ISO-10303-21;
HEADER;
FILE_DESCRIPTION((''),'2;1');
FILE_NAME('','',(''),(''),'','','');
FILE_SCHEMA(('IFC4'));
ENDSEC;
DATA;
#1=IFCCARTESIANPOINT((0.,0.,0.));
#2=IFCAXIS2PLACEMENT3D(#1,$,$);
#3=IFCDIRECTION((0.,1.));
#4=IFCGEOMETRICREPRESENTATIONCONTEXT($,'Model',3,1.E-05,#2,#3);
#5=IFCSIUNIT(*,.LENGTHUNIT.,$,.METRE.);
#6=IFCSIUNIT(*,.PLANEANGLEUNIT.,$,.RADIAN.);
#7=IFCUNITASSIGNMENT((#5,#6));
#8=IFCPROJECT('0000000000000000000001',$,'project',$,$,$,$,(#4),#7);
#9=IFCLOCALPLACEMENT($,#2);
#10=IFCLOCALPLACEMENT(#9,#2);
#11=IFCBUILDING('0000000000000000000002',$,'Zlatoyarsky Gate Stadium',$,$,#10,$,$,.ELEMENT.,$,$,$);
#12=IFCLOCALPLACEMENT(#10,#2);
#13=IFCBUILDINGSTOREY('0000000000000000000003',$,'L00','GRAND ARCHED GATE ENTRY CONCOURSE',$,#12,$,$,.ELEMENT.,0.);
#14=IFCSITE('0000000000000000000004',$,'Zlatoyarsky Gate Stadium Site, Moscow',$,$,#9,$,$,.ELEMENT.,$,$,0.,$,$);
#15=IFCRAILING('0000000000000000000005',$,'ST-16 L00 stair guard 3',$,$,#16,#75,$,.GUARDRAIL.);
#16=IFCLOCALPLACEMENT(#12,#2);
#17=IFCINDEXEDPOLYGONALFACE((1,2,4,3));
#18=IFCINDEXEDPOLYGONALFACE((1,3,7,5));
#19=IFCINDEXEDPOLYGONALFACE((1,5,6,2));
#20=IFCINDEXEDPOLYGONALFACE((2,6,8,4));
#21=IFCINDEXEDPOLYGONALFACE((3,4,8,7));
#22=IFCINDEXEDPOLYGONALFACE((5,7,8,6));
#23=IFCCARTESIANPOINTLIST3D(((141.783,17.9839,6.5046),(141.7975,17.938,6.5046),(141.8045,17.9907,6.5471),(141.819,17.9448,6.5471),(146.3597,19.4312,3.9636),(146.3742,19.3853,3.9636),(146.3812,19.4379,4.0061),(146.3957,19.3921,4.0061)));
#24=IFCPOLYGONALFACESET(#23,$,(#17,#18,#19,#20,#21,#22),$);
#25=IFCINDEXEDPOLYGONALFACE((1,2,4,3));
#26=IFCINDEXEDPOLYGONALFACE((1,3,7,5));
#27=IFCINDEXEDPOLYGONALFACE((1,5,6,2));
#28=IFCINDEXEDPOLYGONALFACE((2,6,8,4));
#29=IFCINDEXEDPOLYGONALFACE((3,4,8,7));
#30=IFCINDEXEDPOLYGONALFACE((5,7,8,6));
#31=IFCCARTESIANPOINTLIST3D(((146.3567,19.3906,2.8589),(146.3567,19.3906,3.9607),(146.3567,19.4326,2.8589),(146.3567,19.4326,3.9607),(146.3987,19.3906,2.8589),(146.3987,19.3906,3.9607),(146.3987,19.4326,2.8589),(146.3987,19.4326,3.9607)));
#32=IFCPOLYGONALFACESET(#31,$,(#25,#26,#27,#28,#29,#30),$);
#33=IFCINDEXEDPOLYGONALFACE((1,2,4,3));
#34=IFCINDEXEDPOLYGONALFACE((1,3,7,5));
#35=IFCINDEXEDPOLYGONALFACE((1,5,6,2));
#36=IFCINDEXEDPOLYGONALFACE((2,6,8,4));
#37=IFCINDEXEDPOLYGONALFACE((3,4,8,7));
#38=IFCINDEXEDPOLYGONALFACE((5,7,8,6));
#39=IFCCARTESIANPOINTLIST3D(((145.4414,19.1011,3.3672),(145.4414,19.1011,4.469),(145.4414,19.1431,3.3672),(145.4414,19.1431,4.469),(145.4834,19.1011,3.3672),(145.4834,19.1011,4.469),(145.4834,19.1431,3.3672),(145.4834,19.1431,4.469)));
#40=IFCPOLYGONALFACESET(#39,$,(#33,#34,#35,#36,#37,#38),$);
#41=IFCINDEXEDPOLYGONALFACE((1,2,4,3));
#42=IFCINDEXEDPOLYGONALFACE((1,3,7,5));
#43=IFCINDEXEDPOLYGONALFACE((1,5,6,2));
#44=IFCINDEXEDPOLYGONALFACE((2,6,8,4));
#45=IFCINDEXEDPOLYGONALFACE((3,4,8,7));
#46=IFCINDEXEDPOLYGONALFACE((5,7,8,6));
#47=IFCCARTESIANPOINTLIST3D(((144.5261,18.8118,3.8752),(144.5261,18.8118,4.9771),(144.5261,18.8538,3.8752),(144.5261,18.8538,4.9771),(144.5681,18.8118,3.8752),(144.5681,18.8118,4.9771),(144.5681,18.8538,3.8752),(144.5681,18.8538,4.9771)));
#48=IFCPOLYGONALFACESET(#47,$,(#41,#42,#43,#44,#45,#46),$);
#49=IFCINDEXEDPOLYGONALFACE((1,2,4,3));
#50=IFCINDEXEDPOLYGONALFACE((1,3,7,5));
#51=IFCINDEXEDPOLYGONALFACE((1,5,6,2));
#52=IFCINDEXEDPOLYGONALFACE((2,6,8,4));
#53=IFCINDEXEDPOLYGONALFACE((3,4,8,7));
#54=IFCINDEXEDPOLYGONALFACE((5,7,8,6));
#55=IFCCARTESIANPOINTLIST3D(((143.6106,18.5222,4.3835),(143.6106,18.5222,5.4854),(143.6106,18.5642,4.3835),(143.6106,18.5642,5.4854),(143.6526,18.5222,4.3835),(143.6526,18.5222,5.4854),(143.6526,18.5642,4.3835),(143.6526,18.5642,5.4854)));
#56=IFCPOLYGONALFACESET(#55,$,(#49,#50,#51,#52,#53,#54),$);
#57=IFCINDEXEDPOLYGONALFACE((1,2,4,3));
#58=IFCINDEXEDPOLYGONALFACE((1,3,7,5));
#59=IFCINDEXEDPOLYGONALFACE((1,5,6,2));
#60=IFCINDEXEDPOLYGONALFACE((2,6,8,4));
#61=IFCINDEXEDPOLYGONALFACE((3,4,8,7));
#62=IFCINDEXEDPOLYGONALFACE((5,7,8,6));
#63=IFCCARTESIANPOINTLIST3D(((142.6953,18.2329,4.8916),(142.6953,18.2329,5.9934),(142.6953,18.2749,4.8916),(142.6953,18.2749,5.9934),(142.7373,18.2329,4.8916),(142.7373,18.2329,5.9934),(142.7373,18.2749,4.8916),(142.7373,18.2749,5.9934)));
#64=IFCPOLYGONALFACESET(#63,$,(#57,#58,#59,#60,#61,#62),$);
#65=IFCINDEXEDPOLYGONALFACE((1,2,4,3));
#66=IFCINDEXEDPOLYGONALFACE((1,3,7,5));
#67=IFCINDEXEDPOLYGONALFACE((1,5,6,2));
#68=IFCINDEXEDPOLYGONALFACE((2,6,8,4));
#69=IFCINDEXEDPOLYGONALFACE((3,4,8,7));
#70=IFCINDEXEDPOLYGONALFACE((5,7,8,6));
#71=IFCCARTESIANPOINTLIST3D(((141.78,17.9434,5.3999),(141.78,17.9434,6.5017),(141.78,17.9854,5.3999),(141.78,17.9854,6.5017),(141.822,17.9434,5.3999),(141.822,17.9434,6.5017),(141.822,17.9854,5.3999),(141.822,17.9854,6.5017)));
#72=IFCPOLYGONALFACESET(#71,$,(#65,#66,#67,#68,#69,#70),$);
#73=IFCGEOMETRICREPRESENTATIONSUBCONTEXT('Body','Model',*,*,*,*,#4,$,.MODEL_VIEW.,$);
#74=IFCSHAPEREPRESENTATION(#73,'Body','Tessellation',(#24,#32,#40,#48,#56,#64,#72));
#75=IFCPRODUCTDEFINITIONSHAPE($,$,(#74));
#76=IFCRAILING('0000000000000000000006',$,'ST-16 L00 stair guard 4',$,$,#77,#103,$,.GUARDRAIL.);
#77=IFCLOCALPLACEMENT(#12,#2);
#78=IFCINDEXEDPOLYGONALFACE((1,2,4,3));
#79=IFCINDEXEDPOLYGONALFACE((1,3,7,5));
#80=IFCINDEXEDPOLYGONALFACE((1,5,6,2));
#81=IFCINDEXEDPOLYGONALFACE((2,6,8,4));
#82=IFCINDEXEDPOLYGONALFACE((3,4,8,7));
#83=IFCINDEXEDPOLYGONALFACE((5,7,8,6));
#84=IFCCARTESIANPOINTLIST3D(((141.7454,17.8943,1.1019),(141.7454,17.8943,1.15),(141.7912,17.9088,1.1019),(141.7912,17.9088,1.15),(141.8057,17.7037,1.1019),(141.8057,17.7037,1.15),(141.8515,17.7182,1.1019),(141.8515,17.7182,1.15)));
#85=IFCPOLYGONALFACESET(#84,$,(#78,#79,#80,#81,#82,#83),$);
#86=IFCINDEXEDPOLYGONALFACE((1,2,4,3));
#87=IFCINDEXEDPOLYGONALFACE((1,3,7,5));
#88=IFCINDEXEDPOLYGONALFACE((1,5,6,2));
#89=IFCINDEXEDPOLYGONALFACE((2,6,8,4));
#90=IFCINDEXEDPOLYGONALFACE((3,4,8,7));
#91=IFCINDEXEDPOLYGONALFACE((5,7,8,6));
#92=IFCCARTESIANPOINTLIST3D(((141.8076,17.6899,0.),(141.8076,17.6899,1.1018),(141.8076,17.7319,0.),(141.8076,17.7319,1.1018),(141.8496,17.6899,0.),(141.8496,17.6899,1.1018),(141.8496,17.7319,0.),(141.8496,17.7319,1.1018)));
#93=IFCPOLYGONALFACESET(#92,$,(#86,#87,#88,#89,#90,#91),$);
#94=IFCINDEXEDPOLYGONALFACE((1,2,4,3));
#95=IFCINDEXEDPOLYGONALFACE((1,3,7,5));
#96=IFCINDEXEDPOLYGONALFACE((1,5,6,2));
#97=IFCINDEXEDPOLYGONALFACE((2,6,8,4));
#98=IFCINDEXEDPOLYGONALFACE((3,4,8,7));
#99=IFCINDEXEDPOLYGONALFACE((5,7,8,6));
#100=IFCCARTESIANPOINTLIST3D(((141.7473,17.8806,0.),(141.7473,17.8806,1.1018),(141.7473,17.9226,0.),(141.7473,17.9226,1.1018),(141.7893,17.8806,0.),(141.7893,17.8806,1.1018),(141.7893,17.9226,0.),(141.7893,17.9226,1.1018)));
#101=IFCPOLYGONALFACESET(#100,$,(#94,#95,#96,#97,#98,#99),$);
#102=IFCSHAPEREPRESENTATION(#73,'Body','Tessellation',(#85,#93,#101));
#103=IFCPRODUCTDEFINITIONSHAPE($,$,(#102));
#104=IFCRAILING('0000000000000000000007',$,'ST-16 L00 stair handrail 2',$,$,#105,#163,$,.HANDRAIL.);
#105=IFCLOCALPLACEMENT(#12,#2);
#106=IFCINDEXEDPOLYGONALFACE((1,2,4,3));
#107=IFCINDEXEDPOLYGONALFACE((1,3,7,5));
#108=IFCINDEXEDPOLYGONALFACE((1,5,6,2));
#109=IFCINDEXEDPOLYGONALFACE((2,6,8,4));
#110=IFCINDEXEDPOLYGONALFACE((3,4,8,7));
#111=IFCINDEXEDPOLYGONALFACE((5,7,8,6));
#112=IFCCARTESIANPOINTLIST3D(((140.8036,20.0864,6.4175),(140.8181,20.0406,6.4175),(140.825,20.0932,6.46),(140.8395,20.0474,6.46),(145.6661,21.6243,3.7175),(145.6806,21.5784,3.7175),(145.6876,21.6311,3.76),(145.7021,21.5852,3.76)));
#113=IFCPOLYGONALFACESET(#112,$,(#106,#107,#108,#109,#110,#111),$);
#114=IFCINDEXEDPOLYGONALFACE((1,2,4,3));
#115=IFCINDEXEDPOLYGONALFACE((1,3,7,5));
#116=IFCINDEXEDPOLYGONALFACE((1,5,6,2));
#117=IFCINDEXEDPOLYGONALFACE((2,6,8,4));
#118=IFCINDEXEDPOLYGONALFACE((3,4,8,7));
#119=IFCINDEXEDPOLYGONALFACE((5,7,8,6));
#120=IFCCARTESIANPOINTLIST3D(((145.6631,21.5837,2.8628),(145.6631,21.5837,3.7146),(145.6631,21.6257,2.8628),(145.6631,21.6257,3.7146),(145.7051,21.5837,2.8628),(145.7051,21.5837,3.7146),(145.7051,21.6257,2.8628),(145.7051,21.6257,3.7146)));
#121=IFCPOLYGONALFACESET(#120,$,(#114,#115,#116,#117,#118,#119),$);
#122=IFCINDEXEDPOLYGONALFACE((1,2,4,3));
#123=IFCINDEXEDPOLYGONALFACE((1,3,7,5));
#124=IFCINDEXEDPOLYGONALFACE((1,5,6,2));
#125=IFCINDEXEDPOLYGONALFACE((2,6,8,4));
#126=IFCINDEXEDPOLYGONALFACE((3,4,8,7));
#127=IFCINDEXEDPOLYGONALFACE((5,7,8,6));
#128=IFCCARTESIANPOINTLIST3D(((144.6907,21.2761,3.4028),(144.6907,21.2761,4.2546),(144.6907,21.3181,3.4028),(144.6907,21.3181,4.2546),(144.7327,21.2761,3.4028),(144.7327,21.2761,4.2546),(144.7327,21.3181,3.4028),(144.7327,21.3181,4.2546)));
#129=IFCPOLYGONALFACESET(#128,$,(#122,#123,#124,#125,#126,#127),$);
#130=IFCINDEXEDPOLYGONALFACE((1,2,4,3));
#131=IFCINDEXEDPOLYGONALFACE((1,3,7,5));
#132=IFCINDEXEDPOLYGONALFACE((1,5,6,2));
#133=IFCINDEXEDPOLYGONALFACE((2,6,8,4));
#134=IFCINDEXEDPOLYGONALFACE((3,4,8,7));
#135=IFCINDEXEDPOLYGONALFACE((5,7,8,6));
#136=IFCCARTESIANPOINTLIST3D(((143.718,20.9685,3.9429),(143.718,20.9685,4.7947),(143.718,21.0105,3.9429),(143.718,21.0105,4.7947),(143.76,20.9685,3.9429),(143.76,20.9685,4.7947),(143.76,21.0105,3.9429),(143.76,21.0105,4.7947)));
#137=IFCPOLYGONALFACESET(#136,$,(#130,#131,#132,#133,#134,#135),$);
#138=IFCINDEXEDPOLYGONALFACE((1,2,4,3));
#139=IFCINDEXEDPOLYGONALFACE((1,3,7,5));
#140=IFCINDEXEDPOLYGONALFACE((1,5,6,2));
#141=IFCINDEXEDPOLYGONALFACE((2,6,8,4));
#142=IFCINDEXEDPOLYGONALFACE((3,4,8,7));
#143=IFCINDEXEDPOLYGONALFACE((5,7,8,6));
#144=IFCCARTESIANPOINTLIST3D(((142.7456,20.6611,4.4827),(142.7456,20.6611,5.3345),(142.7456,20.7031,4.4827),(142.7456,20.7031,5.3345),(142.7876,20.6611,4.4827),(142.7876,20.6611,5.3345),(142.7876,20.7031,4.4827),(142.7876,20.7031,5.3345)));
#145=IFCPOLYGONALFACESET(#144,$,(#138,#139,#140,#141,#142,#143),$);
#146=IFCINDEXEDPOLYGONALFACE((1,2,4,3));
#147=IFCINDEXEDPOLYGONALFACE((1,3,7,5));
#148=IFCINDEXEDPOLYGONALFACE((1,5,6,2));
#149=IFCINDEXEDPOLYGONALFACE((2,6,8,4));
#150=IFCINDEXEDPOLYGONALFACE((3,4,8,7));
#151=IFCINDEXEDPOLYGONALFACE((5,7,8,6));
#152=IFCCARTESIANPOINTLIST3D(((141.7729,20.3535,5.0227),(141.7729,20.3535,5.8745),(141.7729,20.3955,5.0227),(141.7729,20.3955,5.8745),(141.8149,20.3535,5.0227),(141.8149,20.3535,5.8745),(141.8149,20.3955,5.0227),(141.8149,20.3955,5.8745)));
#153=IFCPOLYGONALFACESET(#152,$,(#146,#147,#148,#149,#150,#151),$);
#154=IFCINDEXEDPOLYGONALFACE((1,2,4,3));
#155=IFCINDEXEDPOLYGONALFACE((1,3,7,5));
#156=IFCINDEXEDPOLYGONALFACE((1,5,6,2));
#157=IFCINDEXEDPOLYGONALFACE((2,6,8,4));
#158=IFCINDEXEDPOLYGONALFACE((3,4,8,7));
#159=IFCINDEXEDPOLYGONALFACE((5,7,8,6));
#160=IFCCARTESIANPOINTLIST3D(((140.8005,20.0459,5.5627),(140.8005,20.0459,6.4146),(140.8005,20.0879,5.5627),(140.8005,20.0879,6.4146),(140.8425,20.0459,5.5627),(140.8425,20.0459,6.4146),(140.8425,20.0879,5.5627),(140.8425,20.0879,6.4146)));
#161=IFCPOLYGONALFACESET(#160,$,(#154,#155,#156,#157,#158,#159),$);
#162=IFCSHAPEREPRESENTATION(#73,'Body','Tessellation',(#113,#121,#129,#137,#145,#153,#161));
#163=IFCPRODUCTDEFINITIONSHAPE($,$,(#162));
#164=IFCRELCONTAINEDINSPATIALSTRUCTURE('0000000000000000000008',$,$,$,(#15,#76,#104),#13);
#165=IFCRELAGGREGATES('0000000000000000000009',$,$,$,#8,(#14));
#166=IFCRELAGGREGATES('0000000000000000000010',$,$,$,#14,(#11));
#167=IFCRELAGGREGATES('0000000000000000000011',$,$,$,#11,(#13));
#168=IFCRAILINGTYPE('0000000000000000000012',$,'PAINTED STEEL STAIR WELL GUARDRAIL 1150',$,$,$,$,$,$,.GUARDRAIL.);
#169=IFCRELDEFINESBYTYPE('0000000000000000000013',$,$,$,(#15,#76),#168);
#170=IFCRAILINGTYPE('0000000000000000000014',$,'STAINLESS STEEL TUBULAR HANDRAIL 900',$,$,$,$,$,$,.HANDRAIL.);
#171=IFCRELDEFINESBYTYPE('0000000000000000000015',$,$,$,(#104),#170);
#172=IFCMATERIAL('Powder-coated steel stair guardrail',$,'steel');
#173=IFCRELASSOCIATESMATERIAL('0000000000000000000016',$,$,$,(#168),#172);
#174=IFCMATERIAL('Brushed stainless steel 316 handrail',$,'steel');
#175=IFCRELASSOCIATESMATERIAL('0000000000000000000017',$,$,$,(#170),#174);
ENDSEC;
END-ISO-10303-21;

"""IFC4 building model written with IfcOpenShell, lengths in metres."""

from ifc_helpers import new_model, si_unit, direction, frame, origin, origin_2d, place, context, subcontext, project, spatial, rectangle, extrude, material, type_object, element, save


model = new_model("IFC4")

# Units and contexts
model_context = context("Model", 3, precision=1e-05, world=origin(), true_north=direction((0.0, 1.0)))
body_context = subcontext(model_context, "Body", "Model", "MODEL_VIEW")
ifc_project = project(units=[si_unit("LENGTHUNIT", "METRE"), si_unit("PLANEANGLEUNIT", "RADIAN")], contexts=[model_context])

# Site, building, storey
site_placement = place(None, origin())
site = spatial("IfcSite", under=ifc_project, at=site_placement, Name="Zlatoyarsky Gate Stadium Site, Moscow", CompositionType="ELEMENT", RefElevation=0.0)
building_placement = place(site_placement, origin())
building = spatial("IfcBuilding", under=site, at=building_placement, Name="Zlatoyarsky Gate Stadium", CompositionType="ELEMENT")
storey_placement = place(building_placement, origin())
storey = spatial("IfcBuildingStorey", under=building, at=storey_placement, Name="L00", Description="GRAND ARCHED GATE ENTRY CONCOURSE", CompositionType="ELEMENT", Elevation=0.0)

# Railings
ifc_material_1 = material(Name="Powder-coated steel stair guardrail", Category="steel")
railing_type_1 = type_object("IfcRailingType", Name="PAINTED STEEL STAIR WELL GUARDRAIL 1150", PredefinedType="GUARDRAIL", material=ifc_material_1)
railing_1_placement = place(storey_placement, frame((146.3777, 19.4116, 2.8589)))
element("IfcRailing", 1, at=railing_1_placement, inside=storey, type_object=railing_type_1, Name="ST-16 L00 stair guard 3", PredefinedType="GUARDRAIL", context=body_context, shape_type="SweptSolid", body=[
    extrude(rectangle(XDim=0.0481, YDim=0.0481, at=origin_2d()), frame((0.0, 0.0, 1.126), z_axis=(-0.842672, -0.266476, 0.467861), x_axis=(0.301511, -0.953463, 0.0)), (0.0, 0.0, 1.0), 5.4312),
    extrude(rectangle(XDim=0.042, YDim=0.042, at=origin_2d()), origin(), (0.0, 0.0, 1.0), 1.1018),
    extrude(rectangle(XDim=0.042, YDim=0.042, at=origin_2d()), frame((-0.9153, -0.2896, 0.5083)), (0.0, 0.0, 1.0), 1.1018),
    extrude(rectangle(XDim=0.042, YDim=0.042, at=origin_2d()), frame((-1.8306, -0.5789, 1.0164)), (0.0, 0.0, 1.0), 1.1018),
    extrude(rectangle(XDim=0.042, YDim=0.042, at=origin_2d()), frame((-2.7461, -0.8684, 1.5247)), (0.0, 0.0, 1.0), 1.1018),
    extrude(rectangle(XDim=0.042, YDim=0.042, at=origin_2d()), frame((-3.6614, -1.1577, 2.0327)), (0.0, 0.0, 1.0), 1.1018),
    extrude(rectangle(XDim=0.042, YDim=0.042, at=origin_2d()), frame((-4.5767, -1.4473, 2.541)), (0.0, 0.0, 1.0), 1.1018),
])
railing_2_placement = place(storey_placement, frame((141.8286, 17.7109, 0.0)))
element("IfcRailing", 2, at=railing_2_placement, inside=storey, type_object=railing_type_1, Name="ST-16 L00 stair guard 4", PredefinedType="GUARDRAIL", context=body_context, shape_type="SweptSolid", body=[
    extrude(rectangle(XDim=0.0481, YDim=0.0481, at=origin_2d()), frame((0.0, 0.0, 1.126), z_axis=(-0.30154, 0.953453, 0.0), x_axis=(-0.953453, -0.30154, 0.0)), (0.0, 0.0, 1.0), 0.2),
    extrude(rectangle(XDim=0.042, YDim=0.042, at=origin_2d()), origin(), (0.0, 0.0, 1.0), 1.1018),
    extrude(rectangle(XDim=0.042, YDim=0.042, at=origin_2d()), frame((-0.0603, 0.1907, 0.0)), (0.0, 0.0, 1.0), 1.1018),
])
ifc_material_2 = material(Name="Brushed stainless steel 316 handrail", Category="steel")
railing_type_2 = type_object("IfcRailingType", Name="STAINLESS STEEL TUBULAR HANDRAIL 900", PredefinedType="HANDRAIL", material=ifc_material_2)
railing_3_placement = place(storey_placement, frame((145.6841, 21.6047, 2.8628)))
element("IfcRailing", 3, at=railing_3_placement, inside=storey, type_object=railing_type_2, Name="ST-16 L00 stair handrail 2", PredefinedType="HANDRAIL", context=body_context, shape_type="SweptSolid", body=[
    extrude(rectangle(XDim=0.0481, YDim=0.0481, at=origin_2d()), frame((0.0, 0.0, 0.876), z_axis=(-0.842651, -0.266499, 0.467886), x_axis=(0.301541, -0.953453, 0.0)), (0.0, 0.0, 1.0), 5.7705),
    extrude(rectangle(XDim=0.042, YDim=0.042, at=origin_2d()), origin(), (0.0, 0.0, 1.0), 0.8518),
    extrude(rectangle(XDim=0.042, YDim=0.042, at=origin_2d()), frame((-0.9724, -0.3076, 0.54)), (0.0, 0.0, 1.0), 0.8518),
    extrude(rectangle(XDim=0.042, YDim=0.042, at=origin_2d()), frame((-1.9451, -0.6152, 1.0801)), (0.0, 0.0, 1.0), 0.8518),
    extrude(rectangle(XDim=0.042, YDim=0.042, at=origin_2d()), frame((-2.9175, -0.9226, 1.6199)), (0.0, 0.0, 1.0), 0.8518),
    extrude(rectangle(XDim=0.042, YDim=0.042, at=origin_2d()), frame((-3.8901, -1.2302, 2.1599)), (0.0, 0.0, 1.0), 0.8518),
    extrude(rectangle(XDim=0.042, YDim=0.042, at=origin_2d()), frame((-4.8625, -1.5378, 2.7)), (0.0, 0.0, 1.0), 0.8518),
])

save(model, "model.ifc")
